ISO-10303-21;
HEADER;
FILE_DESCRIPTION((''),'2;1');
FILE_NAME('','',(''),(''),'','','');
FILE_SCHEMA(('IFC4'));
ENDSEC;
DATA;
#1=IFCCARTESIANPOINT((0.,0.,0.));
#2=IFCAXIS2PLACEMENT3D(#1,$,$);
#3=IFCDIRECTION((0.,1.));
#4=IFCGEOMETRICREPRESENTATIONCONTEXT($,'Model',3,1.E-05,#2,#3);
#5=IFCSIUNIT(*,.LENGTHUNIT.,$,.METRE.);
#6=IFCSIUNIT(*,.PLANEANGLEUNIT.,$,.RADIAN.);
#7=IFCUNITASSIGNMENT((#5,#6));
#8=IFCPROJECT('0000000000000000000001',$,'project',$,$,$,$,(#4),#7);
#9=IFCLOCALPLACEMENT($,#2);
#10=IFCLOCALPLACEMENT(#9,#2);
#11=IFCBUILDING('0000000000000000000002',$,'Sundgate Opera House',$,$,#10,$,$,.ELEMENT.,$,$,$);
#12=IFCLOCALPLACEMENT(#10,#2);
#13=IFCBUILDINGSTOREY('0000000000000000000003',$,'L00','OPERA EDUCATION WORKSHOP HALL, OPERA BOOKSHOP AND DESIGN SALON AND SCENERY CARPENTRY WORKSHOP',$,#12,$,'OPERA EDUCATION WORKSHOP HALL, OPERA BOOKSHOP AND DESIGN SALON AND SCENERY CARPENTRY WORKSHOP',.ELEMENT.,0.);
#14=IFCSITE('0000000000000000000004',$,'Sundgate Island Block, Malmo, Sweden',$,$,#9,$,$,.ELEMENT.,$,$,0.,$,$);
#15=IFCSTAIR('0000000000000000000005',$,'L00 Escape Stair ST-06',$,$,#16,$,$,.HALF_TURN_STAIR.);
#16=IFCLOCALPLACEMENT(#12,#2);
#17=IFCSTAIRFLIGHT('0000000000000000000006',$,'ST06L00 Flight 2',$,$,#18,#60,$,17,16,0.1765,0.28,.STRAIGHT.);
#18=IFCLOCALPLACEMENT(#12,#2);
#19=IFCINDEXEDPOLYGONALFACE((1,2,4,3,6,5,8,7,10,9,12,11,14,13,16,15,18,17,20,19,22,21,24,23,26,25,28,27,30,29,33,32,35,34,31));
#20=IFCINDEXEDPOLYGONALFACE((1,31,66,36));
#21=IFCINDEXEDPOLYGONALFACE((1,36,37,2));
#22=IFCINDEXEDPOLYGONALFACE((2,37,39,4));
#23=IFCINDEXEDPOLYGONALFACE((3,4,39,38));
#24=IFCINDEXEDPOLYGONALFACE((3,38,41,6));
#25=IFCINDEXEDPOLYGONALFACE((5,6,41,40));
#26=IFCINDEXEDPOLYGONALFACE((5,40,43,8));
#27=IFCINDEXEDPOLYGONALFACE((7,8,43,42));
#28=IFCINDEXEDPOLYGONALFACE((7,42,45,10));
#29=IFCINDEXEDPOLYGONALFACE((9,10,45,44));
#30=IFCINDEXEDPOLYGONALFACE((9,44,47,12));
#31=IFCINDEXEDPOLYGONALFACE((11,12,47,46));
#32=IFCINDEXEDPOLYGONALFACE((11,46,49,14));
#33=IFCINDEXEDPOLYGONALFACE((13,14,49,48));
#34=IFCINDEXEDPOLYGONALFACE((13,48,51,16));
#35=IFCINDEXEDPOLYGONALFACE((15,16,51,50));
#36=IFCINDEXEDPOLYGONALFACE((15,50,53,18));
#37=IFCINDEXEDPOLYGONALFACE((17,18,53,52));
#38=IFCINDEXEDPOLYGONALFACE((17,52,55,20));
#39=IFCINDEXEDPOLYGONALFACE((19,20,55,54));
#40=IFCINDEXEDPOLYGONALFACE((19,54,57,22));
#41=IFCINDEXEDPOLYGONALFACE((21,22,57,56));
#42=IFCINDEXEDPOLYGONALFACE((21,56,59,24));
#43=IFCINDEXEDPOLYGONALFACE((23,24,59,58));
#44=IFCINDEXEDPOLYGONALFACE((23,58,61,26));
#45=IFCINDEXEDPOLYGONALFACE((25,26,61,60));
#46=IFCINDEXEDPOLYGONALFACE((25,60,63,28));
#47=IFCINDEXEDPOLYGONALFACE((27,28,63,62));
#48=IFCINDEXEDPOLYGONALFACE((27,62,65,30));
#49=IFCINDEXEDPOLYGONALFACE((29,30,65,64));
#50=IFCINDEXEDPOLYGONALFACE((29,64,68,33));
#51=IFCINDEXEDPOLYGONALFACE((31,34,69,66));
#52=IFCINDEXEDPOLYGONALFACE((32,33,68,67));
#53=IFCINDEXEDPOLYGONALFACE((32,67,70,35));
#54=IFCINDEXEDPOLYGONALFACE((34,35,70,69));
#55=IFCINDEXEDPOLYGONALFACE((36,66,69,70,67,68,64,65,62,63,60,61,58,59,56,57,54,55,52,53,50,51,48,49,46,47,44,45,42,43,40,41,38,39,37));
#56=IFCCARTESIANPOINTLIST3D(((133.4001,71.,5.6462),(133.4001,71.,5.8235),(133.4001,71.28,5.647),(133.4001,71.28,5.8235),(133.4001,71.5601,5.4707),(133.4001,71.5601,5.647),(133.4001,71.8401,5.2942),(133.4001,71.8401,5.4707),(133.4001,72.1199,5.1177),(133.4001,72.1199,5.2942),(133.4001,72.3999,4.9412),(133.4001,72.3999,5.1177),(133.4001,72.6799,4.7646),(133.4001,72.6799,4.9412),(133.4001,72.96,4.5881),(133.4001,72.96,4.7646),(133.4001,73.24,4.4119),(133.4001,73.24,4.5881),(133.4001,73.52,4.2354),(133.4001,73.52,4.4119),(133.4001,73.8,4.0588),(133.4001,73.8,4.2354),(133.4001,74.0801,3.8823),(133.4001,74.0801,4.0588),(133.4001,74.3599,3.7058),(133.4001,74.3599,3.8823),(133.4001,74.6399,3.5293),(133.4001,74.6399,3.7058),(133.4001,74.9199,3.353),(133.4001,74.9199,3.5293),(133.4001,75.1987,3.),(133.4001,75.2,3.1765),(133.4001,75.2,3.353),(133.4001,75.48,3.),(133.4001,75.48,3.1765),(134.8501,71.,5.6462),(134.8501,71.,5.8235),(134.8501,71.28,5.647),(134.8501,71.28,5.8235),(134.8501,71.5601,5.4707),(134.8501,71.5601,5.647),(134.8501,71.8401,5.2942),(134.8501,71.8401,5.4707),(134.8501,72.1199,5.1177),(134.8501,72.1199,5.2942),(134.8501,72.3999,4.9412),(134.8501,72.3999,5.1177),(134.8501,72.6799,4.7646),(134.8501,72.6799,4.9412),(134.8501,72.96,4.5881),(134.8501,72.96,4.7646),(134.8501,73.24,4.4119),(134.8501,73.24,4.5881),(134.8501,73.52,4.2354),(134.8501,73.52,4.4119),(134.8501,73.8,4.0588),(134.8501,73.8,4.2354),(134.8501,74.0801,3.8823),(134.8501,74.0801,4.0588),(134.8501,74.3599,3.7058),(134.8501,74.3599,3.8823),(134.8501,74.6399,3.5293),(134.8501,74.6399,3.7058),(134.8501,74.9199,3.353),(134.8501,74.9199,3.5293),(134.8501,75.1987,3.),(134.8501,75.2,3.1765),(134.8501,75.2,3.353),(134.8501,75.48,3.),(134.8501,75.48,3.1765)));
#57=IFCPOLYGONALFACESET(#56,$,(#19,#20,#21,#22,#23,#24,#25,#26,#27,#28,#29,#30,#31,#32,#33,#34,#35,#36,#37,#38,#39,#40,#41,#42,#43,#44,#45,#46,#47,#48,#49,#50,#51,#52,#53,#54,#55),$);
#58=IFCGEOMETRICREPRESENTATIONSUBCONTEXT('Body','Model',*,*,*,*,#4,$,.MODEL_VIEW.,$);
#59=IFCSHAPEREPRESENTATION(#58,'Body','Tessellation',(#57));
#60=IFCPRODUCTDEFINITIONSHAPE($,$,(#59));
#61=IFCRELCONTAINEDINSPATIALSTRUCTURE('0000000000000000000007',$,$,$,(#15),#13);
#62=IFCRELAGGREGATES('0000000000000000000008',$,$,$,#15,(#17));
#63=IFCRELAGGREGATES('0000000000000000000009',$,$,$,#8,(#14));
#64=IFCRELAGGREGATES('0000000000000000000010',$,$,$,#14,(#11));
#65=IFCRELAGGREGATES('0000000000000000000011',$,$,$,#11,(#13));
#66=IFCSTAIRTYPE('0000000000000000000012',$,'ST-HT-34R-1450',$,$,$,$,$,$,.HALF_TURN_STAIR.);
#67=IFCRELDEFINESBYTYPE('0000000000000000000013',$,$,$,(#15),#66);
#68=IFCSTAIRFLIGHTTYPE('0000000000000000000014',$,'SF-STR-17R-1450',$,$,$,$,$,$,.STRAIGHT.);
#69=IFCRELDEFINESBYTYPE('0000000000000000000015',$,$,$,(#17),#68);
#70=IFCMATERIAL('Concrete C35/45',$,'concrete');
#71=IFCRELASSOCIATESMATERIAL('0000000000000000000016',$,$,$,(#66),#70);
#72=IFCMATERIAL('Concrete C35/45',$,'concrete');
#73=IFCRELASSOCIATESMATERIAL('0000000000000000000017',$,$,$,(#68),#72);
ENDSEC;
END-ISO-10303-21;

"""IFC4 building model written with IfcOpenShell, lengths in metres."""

from ifc_helpers import new_model, si_unit, direction, frame, origin, place, context, subcontext, project, spatial, polyline, outline, extrude, material, type_object, element, aggregate, save


model = new_model("IFC4")

# Units and contexts
model_context = context("Model", 3, precision=1e-05, world=origin(), true_north=direction((0.0, 1.0)))
body_context = subcontext(model_context, "Body", "Model", "MODEL_VIEW")
ifc_project = project(units=[si_unit("LENGTHUNIT", "METRE"), si_unit("PLANEANGLEUNIT", "RADIAN")], contexts=[model_context])

# Site, building, storey
site_placement = place(None, origin())
site = spatial("IfcSite", under=ifc_project, at=site_placement, Name="Sundgate Island Block, Malmo, Sweden", CompositionType="ELEMENT", RefElevation=0.0)
building_placement = place(site_placement, origin())
building = spatial("IfcBuilding", under=site, at=building_placement, Name="Sundgate Opera House", CompositionType="ELEMENT")
storey_placement = place(building_placement, origin())
storey = spatial("IfcBuildingStorey", under=building, at=storey_placement, Name="L00", Description="OPERA EDUCATION WORKSHOP HALL, OPERA BOOKSHOP AND DESIGN SALON AND SCENERY CARPENTRY WORKSHOP", LongName="OPERA EDUCATION WORKSHOP HALL, OPERA BOOKSHOP AND DESIGN SALON AND SCENERY CARPENTRY WORKSHOP", CompositionType="ELEMENT", Elevation=0.0)

# Stair, stair flight
ifc_material_1 = material(Name="Concrete C35/45", Category="concrete")
stair_type = type_object("IfcStairType", Name="ST-HT-34R-1450", PredefinedType="HALF_TURN_STAIR", material=ifc_material_1)
stair_placement = place(storey_placement, origin())
stair = element("IfcStair", 1, at=stair_placement, inside=storey, type_object=stair_type, Name="L00 Escape Stair ST-06", PredefinedType="HALF_TURN_STAIR")
ifc_material_2 = material(Name="Concrete C35/45", Category="concrete")
stair_flight_type = type_object("IfcStairFlightType", Name="SF-STR-17R-1450", PredefinedType="STRAIGHT", material=ifc_material_2)
stair_flight_1_placement = place(storey_placement, frame((134.125, 75.48, 3.0), z_axis=(0.0, 0.0, 1.0), x_axis=(0.0, -1.0, 0.0)))
stair_flight_1 = element("IfcStairFlight", 2, at=stair_flight_1_placement, type_object=stair_flight_type, Name="ST06L00 Flight 2", NumberOfRisers=17, NumberOfTreads=16, PredefinedType="STRAIGHT", RiserHeight=0.1765, TreadLength=0.28, context=body_context, shape_type="SweptSolid", body=[
    extrude(outline(polyline([(0.0, 0.0), (0.0, 0.1765), (0.28, 0.1765), (0.28, 0.353), (0.5601, 0.353), (0.5601, 0.5293), (0.8401, 0.5293), (0.8401, 0.7058), (1.1201, 0.7058), (1.1201, 0.8823), (1.3999, 0.8823), (1.3999, 1.0588), (1.6799, 1.0588), (1.6799, 1.2354), (1.96, 1.2354), (1.96, 1.4119), (2.24, 1.4119), (2.24, 1.5881), (2.52, 1.5881), (2.52, 1.7646), (2.8, 1.7646), (2.8, 1.9412), (3.0801, 1.9412), (3.0801, 2.1177), (3.3601, 2.1177), (3.3601, 2.2942), (3.6399, 2.2942), (3.6399, 2.4707), (3.9199, 2.4707), (3.9199, 2.647), (4.2, 2.647), (4.2, 2.8235), (4.48, 2.8235), (4.48, 3.0), (4.48, 2.6462), (0.2812, 0.0), (0.0, 0.0)])), frame((0.0, 0.7251, 0.0), z_axis=(0.0, -1.0, 0.0), x_axis=(1.0, 0.0, 0.0)), (0.0, 0.0, 1.0), 1.45),
])
aggregate(stair, [stair_flight_1])

save(model, "model.ifc")
